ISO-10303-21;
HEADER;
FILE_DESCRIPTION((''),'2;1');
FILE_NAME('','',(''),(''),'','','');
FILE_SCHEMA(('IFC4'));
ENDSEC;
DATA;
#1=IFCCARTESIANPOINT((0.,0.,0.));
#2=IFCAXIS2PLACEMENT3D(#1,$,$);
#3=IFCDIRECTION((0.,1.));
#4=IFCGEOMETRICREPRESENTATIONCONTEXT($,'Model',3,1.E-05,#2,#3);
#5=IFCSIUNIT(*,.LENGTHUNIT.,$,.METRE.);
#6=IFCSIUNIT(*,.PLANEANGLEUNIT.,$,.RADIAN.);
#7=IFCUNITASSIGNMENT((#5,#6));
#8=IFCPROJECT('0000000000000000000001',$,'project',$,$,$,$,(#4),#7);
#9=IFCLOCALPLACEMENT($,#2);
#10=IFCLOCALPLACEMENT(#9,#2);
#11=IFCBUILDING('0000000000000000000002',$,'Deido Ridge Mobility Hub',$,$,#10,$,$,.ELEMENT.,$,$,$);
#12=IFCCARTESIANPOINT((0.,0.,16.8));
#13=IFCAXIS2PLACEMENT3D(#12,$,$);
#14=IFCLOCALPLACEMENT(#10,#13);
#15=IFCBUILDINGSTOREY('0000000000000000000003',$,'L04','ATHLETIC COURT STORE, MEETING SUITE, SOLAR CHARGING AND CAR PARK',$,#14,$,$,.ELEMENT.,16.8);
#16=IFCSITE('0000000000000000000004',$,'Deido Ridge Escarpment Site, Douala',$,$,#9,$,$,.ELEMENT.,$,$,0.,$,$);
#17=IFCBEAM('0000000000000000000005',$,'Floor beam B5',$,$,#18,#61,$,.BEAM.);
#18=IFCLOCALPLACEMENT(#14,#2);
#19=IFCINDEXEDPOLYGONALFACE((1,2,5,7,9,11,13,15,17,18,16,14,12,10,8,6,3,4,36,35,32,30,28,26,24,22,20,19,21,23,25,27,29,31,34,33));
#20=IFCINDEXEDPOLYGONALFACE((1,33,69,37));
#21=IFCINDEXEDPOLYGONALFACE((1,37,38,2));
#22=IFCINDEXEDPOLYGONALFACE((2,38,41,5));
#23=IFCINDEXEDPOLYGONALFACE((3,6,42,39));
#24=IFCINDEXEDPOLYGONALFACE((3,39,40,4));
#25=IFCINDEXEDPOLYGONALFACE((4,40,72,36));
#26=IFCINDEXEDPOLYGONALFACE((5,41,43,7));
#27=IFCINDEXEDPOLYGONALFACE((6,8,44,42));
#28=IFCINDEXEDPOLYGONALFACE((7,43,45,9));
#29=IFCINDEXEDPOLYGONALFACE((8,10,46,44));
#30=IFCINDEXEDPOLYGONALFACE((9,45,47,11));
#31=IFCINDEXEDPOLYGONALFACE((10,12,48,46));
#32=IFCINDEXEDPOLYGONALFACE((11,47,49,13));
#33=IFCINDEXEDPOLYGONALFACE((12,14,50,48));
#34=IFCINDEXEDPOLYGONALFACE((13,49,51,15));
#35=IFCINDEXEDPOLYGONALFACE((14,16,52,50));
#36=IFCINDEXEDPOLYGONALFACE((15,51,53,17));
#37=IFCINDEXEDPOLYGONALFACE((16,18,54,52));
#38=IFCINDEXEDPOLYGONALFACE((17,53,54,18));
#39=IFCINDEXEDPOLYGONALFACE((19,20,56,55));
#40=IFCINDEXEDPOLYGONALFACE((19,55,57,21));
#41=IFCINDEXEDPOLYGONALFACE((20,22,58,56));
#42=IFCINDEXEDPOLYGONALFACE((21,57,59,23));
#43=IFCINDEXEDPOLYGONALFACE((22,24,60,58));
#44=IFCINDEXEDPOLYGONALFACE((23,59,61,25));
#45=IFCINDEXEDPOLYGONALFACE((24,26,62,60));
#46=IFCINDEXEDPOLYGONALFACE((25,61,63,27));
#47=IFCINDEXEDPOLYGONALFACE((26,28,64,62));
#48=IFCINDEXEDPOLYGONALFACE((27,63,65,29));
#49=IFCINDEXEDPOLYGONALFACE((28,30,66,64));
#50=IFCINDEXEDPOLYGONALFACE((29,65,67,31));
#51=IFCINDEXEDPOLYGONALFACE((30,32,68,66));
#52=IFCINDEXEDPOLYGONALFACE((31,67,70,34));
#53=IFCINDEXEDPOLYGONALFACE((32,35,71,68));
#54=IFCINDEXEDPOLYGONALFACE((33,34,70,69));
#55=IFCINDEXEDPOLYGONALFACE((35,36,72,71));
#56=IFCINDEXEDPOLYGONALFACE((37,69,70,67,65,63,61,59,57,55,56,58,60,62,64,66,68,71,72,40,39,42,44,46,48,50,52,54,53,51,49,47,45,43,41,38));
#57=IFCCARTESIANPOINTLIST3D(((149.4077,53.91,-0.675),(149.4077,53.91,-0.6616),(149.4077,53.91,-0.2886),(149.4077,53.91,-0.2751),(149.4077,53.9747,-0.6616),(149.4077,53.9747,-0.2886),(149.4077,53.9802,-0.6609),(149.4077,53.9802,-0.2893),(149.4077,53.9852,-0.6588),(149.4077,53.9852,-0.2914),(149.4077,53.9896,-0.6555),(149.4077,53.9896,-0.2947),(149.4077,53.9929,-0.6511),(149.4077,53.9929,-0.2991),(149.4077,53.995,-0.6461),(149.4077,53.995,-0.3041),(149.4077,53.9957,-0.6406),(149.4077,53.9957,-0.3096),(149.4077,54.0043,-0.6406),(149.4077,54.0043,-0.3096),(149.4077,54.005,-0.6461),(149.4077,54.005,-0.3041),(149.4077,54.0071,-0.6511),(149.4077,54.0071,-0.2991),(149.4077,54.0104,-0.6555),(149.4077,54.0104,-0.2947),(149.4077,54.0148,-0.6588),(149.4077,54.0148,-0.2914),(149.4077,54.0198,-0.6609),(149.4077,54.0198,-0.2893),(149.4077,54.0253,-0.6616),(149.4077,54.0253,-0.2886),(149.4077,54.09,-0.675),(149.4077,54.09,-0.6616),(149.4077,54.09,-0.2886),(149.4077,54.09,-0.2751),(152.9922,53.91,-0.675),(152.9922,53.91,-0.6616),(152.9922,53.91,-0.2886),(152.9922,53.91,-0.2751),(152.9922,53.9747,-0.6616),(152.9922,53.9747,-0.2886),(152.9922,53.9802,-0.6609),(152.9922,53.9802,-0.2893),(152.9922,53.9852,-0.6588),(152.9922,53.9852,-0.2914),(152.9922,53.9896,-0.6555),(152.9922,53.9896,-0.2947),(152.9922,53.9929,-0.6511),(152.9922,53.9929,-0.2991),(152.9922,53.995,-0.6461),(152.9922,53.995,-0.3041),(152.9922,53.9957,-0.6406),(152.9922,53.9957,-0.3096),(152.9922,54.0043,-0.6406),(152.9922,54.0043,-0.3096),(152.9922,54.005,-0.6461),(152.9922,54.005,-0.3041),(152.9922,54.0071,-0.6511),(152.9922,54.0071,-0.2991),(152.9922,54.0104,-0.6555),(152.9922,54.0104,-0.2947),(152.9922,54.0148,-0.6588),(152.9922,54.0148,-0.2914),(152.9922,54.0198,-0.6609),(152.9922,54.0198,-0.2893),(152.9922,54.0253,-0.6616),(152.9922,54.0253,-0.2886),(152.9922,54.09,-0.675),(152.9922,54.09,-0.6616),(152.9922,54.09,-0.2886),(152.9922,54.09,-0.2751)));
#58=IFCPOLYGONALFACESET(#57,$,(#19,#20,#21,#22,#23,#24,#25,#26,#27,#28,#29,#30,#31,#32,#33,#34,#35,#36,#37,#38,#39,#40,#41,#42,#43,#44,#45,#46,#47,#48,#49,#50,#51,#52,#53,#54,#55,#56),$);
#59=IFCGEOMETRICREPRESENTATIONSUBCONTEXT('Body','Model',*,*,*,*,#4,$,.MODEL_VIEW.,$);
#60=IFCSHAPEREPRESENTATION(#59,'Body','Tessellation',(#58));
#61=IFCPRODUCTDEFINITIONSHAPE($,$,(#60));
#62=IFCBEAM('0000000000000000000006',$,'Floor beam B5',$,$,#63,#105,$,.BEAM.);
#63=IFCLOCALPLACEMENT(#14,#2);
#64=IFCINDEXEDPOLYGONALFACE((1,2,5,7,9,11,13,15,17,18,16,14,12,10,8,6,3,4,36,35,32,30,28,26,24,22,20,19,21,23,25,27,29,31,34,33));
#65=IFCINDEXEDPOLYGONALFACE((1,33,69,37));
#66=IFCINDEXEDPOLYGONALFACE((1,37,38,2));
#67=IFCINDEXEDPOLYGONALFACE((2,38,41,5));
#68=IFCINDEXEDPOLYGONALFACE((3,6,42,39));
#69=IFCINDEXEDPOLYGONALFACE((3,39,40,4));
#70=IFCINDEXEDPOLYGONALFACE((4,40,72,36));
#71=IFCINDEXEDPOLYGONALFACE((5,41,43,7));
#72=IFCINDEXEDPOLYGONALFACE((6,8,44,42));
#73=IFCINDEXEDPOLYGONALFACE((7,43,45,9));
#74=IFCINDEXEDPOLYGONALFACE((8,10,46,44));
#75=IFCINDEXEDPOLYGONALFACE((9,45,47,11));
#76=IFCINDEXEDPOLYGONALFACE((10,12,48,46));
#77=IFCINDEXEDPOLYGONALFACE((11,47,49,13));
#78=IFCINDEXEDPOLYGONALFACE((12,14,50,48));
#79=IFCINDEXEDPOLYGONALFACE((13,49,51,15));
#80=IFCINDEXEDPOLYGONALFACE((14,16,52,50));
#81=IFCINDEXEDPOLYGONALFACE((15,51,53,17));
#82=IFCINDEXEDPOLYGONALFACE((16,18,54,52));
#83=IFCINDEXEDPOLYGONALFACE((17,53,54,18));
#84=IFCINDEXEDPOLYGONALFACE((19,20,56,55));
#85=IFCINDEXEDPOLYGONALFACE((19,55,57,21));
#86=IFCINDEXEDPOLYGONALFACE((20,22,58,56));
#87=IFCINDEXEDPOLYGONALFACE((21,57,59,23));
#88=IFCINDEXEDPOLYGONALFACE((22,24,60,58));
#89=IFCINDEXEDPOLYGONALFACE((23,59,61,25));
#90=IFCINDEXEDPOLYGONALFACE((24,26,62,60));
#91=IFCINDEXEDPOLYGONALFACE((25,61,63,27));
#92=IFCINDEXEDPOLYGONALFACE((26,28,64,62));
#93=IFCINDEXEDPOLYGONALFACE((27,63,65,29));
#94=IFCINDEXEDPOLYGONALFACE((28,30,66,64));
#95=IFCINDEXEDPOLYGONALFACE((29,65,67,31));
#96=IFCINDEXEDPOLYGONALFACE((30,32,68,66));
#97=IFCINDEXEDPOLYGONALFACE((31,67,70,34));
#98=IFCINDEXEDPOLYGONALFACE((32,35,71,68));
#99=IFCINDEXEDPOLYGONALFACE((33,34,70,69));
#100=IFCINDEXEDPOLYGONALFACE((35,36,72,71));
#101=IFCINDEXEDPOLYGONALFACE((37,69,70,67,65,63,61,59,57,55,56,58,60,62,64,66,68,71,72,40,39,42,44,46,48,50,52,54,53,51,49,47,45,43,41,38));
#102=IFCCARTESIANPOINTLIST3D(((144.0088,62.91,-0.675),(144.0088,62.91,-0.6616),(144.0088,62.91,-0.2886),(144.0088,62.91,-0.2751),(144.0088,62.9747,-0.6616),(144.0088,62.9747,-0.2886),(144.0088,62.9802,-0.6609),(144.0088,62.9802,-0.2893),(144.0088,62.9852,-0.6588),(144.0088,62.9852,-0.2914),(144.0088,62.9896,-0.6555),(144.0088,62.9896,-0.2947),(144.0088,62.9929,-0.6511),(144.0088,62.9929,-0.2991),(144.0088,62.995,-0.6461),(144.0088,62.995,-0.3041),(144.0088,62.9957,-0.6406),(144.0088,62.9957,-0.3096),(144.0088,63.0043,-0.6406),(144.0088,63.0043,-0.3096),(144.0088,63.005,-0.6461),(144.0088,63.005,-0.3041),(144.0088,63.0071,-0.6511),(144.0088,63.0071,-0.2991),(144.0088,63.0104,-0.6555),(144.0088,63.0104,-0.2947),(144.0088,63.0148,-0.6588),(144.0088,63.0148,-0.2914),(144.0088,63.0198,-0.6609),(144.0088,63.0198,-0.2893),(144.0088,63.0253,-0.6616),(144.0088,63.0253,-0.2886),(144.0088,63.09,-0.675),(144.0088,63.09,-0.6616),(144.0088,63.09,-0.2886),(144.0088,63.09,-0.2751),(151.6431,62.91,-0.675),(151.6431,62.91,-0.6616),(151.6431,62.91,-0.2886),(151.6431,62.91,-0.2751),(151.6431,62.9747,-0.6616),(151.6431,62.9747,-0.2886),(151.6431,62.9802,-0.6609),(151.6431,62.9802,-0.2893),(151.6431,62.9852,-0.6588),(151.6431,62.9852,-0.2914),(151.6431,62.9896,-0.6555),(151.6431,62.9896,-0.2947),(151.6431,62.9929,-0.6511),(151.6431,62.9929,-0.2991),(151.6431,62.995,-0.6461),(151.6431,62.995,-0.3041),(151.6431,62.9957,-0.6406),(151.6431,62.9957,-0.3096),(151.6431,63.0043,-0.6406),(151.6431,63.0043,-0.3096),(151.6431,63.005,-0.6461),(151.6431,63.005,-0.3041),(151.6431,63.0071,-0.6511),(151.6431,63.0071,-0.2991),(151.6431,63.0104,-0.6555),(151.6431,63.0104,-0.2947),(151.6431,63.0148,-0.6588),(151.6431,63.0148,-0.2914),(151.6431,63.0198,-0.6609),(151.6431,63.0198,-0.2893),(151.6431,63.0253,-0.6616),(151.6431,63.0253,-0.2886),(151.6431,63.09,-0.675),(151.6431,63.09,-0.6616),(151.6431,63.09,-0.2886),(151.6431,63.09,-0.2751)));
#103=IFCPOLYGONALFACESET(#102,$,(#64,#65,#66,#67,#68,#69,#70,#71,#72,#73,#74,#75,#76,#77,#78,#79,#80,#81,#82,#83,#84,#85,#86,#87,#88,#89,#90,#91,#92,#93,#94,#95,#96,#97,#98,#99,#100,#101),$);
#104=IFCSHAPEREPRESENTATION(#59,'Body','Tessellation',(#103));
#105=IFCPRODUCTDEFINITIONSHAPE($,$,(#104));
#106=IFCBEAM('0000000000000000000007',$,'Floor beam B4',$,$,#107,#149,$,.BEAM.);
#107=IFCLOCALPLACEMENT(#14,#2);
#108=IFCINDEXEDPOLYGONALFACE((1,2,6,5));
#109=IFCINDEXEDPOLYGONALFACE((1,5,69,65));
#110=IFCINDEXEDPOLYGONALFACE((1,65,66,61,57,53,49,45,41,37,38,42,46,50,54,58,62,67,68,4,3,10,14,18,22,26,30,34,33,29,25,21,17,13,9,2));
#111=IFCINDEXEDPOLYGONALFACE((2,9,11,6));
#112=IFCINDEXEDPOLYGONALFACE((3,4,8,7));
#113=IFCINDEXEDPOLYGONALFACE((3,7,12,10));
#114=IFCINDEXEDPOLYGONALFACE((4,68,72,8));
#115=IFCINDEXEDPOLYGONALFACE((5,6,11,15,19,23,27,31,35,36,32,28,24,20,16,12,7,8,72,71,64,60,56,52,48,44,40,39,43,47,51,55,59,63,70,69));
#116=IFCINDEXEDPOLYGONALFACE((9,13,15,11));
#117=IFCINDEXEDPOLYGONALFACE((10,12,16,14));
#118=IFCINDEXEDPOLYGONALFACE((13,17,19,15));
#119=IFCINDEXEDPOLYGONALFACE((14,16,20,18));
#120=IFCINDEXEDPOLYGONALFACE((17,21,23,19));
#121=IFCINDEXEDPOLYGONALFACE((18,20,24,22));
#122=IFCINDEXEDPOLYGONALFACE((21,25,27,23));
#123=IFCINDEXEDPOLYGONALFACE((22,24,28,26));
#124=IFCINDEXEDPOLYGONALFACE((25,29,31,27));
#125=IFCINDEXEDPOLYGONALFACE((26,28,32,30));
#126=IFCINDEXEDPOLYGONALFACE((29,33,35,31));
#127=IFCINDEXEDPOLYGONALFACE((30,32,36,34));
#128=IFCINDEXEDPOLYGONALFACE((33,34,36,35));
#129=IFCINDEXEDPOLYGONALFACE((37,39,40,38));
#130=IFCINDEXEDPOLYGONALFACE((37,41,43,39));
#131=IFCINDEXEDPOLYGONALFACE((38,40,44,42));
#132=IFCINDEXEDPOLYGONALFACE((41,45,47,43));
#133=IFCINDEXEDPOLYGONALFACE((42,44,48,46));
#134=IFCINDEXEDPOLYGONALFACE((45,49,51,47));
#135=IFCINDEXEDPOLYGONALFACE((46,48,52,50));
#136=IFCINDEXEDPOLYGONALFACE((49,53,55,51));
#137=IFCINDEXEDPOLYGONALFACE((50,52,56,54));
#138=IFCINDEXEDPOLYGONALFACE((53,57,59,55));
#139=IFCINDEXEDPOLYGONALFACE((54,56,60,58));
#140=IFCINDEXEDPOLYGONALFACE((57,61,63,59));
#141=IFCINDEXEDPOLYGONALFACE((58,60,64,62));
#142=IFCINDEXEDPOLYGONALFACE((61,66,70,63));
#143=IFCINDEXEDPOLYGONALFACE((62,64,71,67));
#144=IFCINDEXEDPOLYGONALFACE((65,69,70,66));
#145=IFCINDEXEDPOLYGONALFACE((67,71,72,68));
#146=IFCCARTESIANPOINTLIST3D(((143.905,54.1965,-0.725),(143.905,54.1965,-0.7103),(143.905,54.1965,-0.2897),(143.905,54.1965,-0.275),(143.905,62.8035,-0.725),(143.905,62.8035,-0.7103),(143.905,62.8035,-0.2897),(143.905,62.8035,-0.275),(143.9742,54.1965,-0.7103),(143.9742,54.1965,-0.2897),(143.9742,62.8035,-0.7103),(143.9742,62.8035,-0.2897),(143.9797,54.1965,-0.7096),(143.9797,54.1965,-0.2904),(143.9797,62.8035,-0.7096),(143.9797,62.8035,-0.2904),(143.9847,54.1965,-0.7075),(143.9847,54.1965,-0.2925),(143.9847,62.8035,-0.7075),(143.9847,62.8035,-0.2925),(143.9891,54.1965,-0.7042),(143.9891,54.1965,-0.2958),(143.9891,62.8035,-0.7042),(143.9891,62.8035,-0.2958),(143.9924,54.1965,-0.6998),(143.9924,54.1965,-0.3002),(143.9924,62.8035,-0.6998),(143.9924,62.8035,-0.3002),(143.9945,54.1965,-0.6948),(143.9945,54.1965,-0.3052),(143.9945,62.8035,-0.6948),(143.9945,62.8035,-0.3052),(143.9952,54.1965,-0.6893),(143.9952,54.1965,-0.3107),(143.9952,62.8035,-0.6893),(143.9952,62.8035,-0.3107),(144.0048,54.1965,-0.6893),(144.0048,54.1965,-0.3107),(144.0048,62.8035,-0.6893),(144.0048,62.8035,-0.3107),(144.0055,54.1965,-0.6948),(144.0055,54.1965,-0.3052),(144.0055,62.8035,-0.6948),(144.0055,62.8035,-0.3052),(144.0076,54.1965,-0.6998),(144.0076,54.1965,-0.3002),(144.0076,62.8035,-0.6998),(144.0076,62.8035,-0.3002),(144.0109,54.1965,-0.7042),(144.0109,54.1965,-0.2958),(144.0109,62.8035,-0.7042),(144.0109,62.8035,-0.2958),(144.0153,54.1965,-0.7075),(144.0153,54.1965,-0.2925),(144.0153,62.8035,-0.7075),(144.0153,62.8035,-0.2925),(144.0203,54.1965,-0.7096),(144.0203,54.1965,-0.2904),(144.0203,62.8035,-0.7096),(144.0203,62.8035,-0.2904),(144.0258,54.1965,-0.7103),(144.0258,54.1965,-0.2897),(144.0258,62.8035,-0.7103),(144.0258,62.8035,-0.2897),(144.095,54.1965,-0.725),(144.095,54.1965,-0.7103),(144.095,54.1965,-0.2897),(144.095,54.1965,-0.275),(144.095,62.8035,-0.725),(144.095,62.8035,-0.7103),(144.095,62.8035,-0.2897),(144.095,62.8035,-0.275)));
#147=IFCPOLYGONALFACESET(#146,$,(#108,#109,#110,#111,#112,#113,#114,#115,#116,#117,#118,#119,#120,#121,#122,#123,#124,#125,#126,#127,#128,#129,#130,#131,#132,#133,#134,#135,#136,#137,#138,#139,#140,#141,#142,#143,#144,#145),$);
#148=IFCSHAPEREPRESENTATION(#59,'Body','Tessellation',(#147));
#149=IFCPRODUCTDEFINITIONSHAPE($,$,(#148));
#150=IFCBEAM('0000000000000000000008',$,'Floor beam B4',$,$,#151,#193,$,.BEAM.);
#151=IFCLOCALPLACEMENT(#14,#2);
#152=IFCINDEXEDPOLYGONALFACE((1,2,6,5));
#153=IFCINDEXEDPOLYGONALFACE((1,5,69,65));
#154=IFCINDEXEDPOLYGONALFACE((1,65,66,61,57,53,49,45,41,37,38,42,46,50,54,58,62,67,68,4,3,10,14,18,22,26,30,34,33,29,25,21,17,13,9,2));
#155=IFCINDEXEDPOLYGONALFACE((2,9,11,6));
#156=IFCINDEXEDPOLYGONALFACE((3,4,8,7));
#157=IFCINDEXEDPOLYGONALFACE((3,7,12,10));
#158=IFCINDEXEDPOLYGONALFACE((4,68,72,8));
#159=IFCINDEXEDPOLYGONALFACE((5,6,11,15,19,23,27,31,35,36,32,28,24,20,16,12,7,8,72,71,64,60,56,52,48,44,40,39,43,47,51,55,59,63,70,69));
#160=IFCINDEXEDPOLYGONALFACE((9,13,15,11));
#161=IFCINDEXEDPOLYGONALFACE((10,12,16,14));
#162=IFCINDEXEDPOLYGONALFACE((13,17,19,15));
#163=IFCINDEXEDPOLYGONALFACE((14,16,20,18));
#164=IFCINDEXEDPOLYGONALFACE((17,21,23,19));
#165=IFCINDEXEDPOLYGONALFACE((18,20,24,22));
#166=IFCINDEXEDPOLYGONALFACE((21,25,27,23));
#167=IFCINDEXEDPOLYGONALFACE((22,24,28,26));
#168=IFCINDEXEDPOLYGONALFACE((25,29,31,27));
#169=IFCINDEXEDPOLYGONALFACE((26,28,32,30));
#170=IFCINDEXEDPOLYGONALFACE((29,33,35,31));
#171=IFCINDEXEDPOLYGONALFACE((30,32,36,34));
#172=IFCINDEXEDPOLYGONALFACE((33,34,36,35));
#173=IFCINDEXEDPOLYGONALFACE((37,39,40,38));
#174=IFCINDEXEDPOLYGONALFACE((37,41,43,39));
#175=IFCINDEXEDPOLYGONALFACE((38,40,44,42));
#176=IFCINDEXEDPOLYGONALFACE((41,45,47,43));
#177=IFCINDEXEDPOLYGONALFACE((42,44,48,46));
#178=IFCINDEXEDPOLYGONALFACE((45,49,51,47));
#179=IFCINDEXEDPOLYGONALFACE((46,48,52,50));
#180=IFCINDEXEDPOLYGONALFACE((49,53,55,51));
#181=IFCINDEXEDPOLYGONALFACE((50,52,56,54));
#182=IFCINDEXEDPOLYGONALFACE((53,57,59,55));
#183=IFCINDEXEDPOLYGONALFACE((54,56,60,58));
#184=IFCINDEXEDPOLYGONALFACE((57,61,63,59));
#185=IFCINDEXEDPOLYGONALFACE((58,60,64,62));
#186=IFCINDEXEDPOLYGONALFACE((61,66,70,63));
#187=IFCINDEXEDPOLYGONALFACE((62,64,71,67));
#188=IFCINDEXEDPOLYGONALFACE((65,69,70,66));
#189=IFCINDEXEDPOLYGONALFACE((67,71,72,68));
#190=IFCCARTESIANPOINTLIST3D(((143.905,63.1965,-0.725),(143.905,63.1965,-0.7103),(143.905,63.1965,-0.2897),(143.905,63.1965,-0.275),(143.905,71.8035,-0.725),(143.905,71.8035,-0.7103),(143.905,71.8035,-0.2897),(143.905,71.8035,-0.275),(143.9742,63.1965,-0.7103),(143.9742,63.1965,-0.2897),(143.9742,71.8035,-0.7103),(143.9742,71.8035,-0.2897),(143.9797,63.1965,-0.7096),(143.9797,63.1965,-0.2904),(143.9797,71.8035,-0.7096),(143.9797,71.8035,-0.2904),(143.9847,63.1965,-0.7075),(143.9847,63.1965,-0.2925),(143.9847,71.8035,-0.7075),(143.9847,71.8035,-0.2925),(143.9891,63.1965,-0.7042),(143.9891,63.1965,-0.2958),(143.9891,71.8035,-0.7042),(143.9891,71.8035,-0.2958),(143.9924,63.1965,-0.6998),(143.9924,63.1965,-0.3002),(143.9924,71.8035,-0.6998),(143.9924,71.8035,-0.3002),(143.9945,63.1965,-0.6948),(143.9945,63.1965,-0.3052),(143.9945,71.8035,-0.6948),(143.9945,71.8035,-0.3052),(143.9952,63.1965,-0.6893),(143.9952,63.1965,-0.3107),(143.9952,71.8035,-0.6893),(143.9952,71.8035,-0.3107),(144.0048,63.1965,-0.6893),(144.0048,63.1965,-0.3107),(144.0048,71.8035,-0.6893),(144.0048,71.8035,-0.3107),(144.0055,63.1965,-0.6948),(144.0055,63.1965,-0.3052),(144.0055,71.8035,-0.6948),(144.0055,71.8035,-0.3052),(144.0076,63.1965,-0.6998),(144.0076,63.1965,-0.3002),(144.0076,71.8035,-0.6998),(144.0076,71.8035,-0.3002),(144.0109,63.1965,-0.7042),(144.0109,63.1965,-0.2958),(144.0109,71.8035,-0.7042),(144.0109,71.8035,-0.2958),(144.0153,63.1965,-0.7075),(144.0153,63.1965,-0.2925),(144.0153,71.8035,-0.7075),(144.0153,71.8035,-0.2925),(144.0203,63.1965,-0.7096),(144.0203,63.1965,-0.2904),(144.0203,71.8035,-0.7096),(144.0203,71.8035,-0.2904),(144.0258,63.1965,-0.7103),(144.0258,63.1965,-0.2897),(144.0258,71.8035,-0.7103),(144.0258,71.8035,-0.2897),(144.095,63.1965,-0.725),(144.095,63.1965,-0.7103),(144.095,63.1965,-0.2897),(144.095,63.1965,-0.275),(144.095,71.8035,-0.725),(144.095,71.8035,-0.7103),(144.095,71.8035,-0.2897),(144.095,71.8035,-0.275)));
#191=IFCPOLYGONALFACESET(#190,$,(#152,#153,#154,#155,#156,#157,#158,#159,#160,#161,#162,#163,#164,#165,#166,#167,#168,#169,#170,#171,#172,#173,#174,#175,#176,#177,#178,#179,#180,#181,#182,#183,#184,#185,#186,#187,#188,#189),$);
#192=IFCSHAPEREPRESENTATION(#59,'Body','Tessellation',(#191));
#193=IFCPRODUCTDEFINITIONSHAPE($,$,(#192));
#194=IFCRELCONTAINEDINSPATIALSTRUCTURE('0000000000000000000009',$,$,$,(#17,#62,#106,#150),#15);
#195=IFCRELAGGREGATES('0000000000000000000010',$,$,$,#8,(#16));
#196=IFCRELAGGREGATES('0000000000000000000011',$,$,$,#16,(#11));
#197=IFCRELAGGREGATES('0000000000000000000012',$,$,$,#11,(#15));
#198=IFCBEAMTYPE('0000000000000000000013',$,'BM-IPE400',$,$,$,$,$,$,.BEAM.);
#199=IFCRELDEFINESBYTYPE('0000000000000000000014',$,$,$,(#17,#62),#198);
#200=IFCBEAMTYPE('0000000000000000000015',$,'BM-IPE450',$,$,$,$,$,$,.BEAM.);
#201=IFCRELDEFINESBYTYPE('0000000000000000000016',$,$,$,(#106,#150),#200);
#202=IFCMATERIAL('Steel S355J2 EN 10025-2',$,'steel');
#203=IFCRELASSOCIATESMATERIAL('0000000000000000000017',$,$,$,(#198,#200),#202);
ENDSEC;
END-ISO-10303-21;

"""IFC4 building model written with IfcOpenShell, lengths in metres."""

from ifc_helpers import new_model, si_unit, direction, frame, origin, origin_2d, place, context, subcontext, project, spatial, i_section, extrude, material, material_profile, profile_set, type_object, element, save


model = new_model("IFC4")

# Units and contexts
model_context = context("Model", 3, precision=1e-05, world=origin(), true_north=direction((0.0, 1.0)))
body_context = subcontext(model_context, "Body", "Model", "MODEL_VIEW")
ifc_project = project(units=[si_unit("LENGTHUNIT", "METRE"), si_unit("PLANEANGLEUNIT", "RADIAN")], contexts=[model_context])

# Site, building, storey
site_placement = place(None, origin())
site = spatial("IfcSite", under=ifc_project, at=site_placement, Name="Deido Ridge Escarpment Site, Douala", CompositionType="ELEMENT", RefElevation=0.0)
building_placement = place(site_placement, origin())
building = spatial("IfcBuilding", under=site, at=building_placement, Name="Deido Ridge Mobility Hub", CompositionType="ELEMENT")
storey_placement = place(building_placement, frame((0.0, 0.0, 16.8)))
storey = spatial("IfcBuildingStorey", under=building, at=storey_placement, Name="L04", Description="ATHLETIC COURT STORE, MEETING SUITE, SOLAR CHARGING AND CAR PARK", CompositionType="ELEMENT", Elevation=16.8)

# Shared definitions
ifc_material_1 = material(Name="Steel S355J2 EN 10025-2", Category="steel")

# Beams
ifc_material_profile_1 = material_profile(ifc_material_1, i_section(OverallWidth=0.1799, OverallDepth=0.3999, WebThickness=0.0085, FlangeThickness=0.0134, FilletRadius=0.021, at=origin_2d()), Name="IPE 400")
ifc_profile_set_1 = profile_set([ifc_material_profile_1], Name="Steel S355J2 EN 10025-2")
beam_type_1 = type_object("IfcBeamType", Name="BM-IPE400", PredefinedType="BEAM", material=ifc_profile_set_1)
beam_1_placement = place(storey_placement, frame((149.4077, 54.0, -0.4751), z_axis=(1.0, 0.0, 0.0), x_axis=(0.0, 1.0, 0.0)))
element("IfcBeam", 1, at=beam_1_placement, inside=storey, type_object=beam_type_1, Name="Floor beam B5", PredefinedType="BEAM", context=body_context, shape_type="SweptSolid", body=[
    extrude(i_section(OverallWidth=0.1799, OverallDepth=0.3999, WebThickness=0.0085, FlangeThickness=0.0134, FilletRadius=0.021, at=origin_2d()), origin(), (0.0, 0.0, 1.0), 3.5845),
])
beam_2_placement = place(storey_placement, frame((144.0088, 63.0, -0.4751), z_axis=(1.0, 0.0, 0.0), x_axis=(0.0, 1.0, 0.0)))
element("IfcBeam", 2, at=beam_2_placement, inside=storey, type_object=beam_type_1, Name="Floor beam B5", PredefinedType="BEAM", context=body_context, shape_type="SweptSolid", body=[
    extrude(i_section(OverallWidth=0.1799, OverallDepth=0.3999, WebThickness=0.0085, FlangeThickness=0.0134, FilletRadius=0.021, at=origin_2d()), origin(), (0.0, 0.0, 1.0), 7.6343),
])
ifc_material_profile_2 = material_profile(ifc_material_1, i_section(OverallWidth=0.1899, OverallDepth=0.45, WebThickness=0.0095, FlangeThickness=0.0146, FilletRadius=0.021, at=origin_2d()), Name="IPE 450")
ifc_profile_set_2 = profile_set([ifc_material_profile_2], Name="Steel S355J2 EN 10025-2")
beam_type_2 = type_object("IfcBeamType", Name="BM-IPE450", PredefinedType="BEAM", material=ifc_profile_set_2)
for number, where, z_axis, x_axis, name in (
    (3, (144.0, 54.1965, -0.5), (0.0, 1.0, 0.0), (-1.0, 0.0, 0.0), "Floor beam B4"),
    (4, (144.0, 63.1965, -0.5), (0.0, 1.0, 0.0), (-1.0, 0.0, 0.0), "Floor beam B4"),
):
    element("IfcBeam", number, at=place(storey_placement, frame(where, z_axis=z_axis, x_axis=x_axis)), inside=storey, type_object=beam_type_2, Name=name, PredefinedType="BEAM", context=body_context, shape_type="SweptSolid", body=[
        extrude(i_section(OverallWidth=0.1899, OverallDepth=0.45, WebThickness=0.0095, FlangeThickness=0.0146, FilletRadius=0.021, at=origin_2d()), origin(), (0.0, 0.0, 1.0), 8.6069),
    ])

save(model, "model.ifc")
